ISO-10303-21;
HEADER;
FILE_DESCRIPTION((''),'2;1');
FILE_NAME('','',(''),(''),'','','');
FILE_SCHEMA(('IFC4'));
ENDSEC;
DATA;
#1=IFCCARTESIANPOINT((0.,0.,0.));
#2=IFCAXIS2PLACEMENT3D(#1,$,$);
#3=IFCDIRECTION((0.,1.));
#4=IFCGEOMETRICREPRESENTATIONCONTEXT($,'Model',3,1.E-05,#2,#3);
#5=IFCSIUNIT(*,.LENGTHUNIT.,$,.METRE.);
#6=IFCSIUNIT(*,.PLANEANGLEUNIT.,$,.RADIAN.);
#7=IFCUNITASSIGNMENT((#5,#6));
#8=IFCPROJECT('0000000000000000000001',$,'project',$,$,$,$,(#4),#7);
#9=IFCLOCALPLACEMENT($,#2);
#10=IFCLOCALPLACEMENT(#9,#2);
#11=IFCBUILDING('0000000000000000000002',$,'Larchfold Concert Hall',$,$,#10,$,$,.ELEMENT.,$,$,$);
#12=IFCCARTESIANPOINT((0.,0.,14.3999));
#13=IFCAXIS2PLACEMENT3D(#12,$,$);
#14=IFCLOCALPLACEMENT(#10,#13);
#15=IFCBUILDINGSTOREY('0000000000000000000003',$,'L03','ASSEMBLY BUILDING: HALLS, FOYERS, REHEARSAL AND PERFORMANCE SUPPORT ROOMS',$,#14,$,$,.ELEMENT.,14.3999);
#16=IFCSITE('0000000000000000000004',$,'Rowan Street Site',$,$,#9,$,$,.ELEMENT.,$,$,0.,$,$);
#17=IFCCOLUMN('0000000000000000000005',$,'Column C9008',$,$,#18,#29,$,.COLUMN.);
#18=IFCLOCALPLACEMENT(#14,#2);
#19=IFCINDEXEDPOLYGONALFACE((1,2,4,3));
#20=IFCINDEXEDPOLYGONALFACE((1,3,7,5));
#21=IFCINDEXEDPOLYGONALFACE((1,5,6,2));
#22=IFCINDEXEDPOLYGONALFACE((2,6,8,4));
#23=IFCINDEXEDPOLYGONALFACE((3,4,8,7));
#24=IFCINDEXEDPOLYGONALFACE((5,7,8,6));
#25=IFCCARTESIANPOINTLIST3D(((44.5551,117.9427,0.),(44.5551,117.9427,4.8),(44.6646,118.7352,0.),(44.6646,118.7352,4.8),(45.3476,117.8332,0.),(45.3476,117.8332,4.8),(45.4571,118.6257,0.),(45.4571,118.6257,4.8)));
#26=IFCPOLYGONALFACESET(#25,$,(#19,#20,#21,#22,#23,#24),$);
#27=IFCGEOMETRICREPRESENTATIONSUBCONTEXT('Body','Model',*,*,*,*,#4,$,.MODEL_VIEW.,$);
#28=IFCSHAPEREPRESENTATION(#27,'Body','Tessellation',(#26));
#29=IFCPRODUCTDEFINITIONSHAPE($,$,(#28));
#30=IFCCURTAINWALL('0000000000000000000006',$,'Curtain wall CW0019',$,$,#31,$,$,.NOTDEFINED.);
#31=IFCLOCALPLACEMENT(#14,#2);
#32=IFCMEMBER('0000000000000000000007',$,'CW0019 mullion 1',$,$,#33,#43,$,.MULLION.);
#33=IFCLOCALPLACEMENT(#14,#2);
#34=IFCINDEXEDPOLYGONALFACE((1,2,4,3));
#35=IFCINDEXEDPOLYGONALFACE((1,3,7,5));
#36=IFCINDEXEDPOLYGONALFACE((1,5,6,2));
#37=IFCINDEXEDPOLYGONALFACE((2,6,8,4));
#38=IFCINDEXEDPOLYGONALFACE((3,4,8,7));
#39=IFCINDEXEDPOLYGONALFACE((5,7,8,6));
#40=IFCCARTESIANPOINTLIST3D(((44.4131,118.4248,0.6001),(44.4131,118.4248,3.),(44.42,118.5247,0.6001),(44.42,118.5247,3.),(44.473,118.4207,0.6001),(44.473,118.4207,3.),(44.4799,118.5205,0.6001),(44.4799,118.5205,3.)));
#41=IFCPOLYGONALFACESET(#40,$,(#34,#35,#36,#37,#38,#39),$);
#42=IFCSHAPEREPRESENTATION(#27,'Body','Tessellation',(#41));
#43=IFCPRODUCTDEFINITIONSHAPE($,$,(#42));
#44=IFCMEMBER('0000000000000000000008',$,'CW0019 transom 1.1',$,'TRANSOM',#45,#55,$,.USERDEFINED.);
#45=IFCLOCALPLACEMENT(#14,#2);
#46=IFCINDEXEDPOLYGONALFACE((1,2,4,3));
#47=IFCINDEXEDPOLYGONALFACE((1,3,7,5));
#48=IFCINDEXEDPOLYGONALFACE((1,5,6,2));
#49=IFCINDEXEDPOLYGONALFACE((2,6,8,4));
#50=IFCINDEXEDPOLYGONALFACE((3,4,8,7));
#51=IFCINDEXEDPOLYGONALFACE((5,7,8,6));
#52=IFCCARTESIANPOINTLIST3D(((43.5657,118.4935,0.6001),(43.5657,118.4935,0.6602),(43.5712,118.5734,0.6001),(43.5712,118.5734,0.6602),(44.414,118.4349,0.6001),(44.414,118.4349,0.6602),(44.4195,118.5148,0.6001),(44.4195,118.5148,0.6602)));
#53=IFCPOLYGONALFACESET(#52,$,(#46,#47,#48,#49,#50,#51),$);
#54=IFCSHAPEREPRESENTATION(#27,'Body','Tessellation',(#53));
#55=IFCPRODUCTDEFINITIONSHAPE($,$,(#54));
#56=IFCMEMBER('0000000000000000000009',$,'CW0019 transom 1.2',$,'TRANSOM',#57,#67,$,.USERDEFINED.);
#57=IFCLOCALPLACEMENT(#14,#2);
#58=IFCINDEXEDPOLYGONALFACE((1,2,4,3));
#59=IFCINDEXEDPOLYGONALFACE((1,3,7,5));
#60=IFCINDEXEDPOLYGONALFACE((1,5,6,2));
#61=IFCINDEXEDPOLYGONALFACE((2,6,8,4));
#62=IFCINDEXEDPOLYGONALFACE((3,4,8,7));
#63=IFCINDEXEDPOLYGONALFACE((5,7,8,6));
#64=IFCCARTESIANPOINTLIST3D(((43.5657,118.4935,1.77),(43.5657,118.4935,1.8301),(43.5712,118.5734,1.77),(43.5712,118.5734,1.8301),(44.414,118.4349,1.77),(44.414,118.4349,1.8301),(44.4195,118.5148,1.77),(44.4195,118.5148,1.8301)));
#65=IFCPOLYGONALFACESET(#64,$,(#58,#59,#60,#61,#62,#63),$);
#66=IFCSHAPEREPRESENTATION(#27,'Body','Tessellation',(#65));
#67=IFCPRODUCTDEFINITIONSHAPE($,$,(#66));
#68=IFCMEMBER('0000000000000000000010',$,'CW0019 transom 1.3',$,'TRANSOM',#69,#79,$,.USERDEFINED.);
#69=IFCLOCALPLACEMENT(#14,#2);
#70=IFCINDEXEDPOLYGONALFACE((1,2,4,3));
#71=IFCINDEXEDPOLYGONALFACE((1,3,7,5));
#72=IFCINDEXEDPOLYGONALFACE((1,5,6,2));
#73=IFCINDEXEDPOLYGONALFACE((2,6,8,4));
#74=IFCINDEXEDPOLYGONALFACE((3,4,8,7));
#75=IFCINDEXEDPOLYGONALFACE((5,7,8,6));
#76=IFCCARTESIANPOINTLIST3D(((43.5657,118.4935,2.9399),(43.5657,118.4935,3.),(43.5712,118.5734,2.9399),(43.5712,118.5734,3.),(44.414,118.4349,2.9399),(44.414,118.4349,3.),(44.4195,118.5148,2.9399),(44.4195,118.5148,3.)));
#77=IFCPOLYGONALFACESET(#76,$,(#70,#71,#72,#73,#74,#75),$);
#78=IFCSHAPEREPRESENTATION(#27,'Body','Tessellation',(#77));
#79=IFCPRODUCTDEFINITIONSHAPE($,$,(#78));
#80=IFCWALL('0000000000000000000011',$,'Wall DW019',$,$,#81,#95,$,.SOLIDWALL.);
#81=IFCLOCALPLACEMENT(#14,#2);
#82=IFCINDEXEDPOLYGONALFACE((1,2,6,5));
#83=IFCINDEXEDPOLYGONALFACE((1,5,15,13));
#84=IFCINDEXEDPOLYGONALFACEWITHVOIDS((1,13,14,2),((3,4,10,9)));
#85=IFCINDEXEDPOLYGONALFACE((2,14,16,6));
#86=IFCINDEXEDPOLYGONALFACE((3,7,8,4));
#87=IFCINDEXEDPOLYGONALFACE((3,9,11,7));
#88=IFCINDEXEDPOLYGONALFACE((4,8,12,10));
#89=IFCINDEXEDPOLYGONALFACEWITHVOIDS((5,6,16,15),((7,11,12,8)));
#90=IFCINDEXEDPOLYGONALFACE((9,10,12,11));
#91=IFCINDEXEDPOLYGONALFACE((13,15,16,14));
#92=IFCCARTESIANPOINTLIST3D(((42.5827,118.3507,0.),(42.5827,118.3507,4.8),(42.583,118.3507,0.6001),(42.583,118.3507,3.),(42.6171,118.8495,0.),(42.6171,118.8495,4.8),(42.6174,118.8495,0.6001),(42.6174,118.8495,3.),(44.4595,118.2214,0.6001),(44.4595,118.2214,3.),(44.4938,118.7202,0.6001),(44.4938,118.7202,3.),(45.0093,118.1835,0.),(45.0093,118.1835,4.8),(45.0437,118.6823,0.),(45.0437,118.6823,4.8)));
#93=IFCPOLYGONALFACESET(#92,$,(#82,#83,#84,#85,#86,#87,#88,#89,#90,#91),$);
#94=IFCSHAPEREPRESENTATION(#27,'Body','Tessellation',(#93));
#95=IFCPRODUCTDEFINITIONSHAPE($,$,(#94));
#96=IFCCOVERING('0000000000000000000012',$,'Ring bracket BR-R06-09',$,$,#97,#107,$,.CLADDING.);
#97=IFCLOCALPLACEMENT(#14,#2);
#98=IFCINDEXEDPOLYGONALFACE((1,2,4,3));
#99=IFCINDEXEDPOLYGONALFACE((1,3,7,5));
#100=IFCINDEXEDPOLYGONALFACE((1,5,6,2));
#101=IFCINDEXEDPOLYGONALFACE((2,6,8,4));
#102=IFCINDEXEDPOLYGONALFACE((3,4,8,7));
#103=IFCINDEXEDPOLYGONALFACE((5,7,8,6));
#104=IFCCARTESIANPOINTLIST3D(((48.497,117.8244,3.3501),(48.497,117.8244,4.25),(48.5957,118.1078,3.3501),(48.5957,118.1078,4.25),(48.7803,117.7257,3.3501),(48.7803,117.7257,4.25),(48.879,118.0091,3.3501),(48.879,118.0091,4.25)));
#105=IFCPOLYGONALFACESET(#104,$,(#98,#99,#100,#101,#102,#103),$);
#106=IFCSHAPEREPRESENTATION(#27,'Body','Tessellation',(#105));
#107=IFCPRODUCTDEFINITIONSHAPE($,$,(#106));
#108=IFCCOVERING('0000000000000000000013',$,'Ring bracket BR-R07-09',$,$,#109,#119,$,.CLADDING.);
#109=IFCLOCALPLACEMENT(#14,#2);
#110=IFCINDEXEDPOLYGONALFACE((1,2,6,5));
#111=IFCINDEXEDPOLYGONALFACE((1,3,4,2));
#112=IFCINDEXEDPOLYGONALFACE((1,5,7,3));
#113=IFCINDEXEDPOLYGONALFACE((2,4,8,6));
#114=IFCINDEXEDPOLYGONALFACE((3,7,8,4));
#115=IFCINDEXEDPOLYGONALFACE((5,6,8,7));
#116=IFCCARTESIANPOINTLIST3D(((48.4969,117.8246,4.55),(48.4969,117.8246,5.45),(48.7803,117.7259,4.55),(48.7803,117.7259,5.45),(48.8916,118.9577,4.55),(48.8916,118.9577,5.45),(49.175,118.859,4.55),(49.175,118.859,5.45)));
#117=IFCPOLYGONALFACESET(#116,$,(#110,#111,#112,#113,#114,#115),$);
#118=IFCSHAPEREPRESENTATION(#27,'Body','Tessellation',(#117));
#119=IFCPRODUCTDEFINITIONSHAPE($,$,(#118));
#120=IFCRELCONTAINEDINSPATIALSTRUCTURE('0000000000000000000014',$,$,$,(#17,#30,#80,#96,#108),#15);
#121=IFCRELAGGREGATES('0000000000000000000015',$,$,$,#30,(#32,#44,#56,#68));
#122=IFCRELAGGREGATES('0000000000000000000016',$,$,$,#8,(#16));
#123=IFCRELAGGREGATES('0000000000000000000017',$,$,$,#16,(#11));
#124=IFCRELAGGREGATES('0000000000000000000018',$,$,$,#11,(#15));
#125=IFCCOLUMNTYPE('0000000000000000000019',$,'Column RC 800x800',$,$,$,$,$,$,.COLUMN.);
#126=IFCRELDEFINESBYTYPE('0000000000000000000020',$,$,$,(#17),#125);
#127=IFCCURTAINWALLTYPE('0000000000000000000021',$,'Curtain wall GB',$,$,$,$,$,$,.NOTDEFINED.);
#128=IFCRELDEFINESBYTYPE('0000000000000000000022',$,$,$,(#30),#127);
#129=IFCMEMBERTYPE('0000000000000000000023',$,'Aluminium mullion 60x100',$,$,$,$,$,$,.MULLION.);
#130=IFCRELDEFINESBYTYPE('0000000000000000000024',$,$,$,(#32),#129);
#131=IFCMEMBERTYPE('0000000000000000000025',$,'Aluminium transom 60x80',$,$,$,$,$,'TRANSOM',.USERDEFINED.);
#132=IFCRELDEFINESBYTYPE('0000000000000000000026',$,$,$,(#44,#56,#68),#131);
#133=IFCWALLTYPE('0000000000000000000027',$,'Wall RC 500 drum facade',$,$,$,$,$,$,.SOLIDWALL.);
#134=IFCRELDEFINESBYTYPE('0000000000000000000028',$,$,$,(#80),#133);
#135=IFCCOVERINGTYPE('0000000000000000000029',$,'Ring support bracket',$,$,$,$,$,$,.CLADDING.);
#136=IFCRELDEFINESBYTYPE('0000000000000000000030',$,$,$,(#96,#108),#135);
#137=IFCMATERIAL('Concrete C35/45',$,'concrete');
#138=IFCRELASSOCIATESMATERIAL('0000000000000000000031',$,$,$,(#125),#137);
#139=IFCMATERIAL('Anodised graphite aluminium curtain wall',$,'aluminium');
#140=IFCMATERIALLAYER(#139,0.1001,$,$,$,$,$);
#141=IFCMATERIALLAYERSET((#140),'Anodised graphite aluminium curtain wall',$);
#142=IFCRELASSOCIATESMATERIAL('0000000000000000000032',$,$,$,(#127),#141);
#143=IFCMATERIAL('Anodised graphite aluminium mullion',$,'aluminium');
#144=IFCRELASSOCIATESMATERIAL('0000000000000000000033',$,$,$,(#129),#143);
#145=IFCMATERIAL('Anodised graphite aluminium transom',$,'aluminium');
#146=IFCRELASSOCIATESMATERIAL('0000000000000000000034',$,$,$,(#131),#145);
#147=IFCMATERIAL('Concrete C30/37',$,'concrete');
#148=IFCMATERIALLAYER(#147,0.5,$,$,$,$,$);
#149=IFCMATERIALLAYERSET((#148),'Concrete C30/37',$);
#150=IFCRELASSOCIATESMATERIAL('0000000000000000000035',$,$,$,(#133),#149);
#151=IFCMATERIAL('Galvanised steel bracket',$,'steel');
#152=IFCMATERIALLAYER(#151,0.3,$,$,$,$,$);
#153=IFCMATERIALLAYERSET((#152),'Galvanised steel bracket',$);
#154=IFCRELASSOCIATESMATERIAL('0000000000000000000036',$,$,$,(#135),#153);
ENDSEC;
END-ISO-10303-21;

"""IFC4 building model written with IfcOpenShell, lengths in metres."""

from ifc_helpers import new_model, si_unit, direction, frame, frame_2d, origin, origin_2d, place, context, subcontext, project, spatial, rectangle, extrude, material, layer, layer_set, material_profile, profile_set, type_object, element, fill, aggregate, save


model = new_model("IFC4")

# Units and contexts
model_context = context("Model", 3, precision=1e-05, world=origin(), true_north=direction((0.0, 1.0)))
body_context = subcontext(model_context, "Body", "Model", "MODEL_VIEW")
ifc_project = project(units=[si_unit("LENGTHUNIT", "METRE"), si_unit("PLANEANGLEUNIT", "RADIAN")], contexts=[model_context])

# Site, building, storey
site_placement = place(None, origin())
site = spatial("IfcSite", under=ifc_project, at=site_placement, Name="Rowan Street Site", CompositionType="ELEMENT", RefElevation=0.0)
building_placement = place(site_placement, origin())
building = spatial("IfcBuilding", under=site, at=building_placement, Name="Larchfold Concert Hall", CompositionType="ELEMENT")
storey_placement = place(building_placement, frame((0.0, 0.0, 14.3999)))
storey = spatial("IfcBuildingStorey", under=building, at=storey_placement, Name="L03", Description="ASSEMBLY BUILDING: HALLS, FOYERS, REHEARSAL AND PERFORMANCE SUPPORT ROOMS", CompositionType="ELEMENT", Elevation=14.3999)

# Column
ifc_material_1 = material(Name="Concrete C35/45", Category="concrete")
ifc_material_profile_1 = material_profile(ifc_material_1, rectangle(XDim=0.8, YDim=0.8, at=origin_2d()))
ifc_profile_set_1 = profile_set([ifc_material_profile_1], Name="Concrete C35/45")
column_type = type_object("IfcColumnType", Name="Column RC 800x800", PredefinedType="COLUMN", material=ifc_profile_set_1)
column_placement = place(storey_placement, frame((45.0061, 118.2842, 0.0), z_axis=(0.0, 0.0, 1.0), x_axis=(0.136831, 0.990594, 0.0)))
element("IfcColumn", 1, at=column_placement, inside=storey, type_object=column_type, Name="Column C9008", PredefinedType="COLUMN", context=body_context, shape_type="SweptSolid", body=[
    extrude(rectangle(XDim=0.8, YDim=0.8, at=origin_2d()), origin(), (0.0, 0.0, 1.0), 4.8),
])

# Shared definitions
ifc_material_2 = material(Name="Anodised graphite aluminium curtain wall", Category="aluminium")
ifc_layer_1 = layer(ifc_material_2, 0.1001)
ifc_layer_set_1 = layer_set([ifc_layer_1], Name="Anodised graphite aluminium curtain wall")
curtain_wall_type = type_object("IfcCurtainWallType", Name="Curtain wall GB", PredefinedType="NOTDEFINED", material=ifc_layer_set_1)
ifc_material_3 = material(Name="Anodised graphite aluminium mullion", Category="aluminium")
ifc_material_profile_2 = material_profile(ifc_material_3, rectangle(XDim=0.1001, YDim=0.0601, at=origin_2d()))
ifc_profile_set_2 = profile_set([ifc_material_profile_2], Name="Anodised graphite aluminium mullion")
member_type_1 = type_object("IfcMemberType", Name="Aluminium mullion 60x100", PredefinedType="MULLION", material=ifc_profile_set_2)

# Curtain wall, member
curtain_wall_1_placement = place(storey_placement, origin())
curtain_wall_1 = element("IfcCurtainWall", 2, at=curtain_wall_1_placement, inside=storey, type_object=curtain_wall_type, Name="Curtain wall CW0019", PredefinedType="NOTDEFINED")
member_1_placement = place(storey_placement, frame((44.4465, 118.4727, 0.6001), z_axis=(0.0, 0.0, 1.0), x_axis=(-0.068793, -0.997631, 0.0)))
member_1 = element("IfcMember", 3, at=member_1_placement, type_object=member_type_1, Name="CW0019 mullion 1", PredefinedType="MULLION", context=body_context, shape_type="SweptSolid", body=[
    extrude(rectangle(XDim=0.1001, YDim=0.0601, at=origin_2d()), origin(), (0.0, 0.0, 1.0), 2.3999),
])

# Members
ifc_material_4 = material(Name="Anodised graphite aluminium transom", Category="aluminium")
ifc_material_profile_3 = material_profile(ifc_material_4, rectangle(XDim=0.0801, YDim=0.0601, at=origin_2d()))
ifc_profile_set_3 = profile_set([ifc_material_profile_3], Name="Anodised graphite aluminium transom")
member_type_2 = type_object("IfcMemberType", Name="Aluminium transom 60x80", ElementType="TRANSOM", PredefinedType="USERDEFINED", material=ifc_profile_set_3)
member_2_placement = place(storey_placement, frame((44.4167, 118.4749, 0.6301), z_axis=(-0.997624, 0.068901, 0.0), x_axis=(-0.068901, -0.997624, 0.0)))
member_2 = element("IfcMember", 4, at=member_2_placement, type_object=member_type_2, Name="CW0019 transom 1.1", ObjectType="TRANSOM", PredefinedType="USERDEFINED", context=body_context, shape_type="SweptSolid", body=[
    extrude(rectangle(XDim=0.0801, YDim=0.0601, at=origin_2d()), origin(), (0.0, 0.0, 1.0), 0.8503),
])
member_3_placement = place(storey_placement, frame((44.4167, 118.4749, 1.8), z_axis=(-0.997624, 0.068901, 0.0), x_axis=(-0.068901, -0.997624, 0.0)))
member_3 = element("IfcMember", 5, at=member_3_placement, type_object=member_type_2, Name="CW0019 transom 1.2", ObjectType="TRANSOM", PredefinedType="USERDEFINED", context=body_context, shape_type="SweptSolid", body=[
    extrude(rectangle(XDim=0.0801, YDim=0.0601, at=origin_2d()), origin(), (0.0, 0.0, 1.0), 0.8503),
])
member_4_placement = place(storey_placement, frame((44.4167, 118.4749, 2.97), z_axis=(-0.997624, 0.068901, 0.0), x_axis=(-0.068901, -0.997624, 0.0)))
member_4 = element("IfcMember", 6, at=member_4_placement, type_object=member_type_2, Name="CW0019 transom 1.3", ObjectType="TRANSOM", PredefinedType="USERDEFINED", context=body_context, shape_type="SweptSolid", body=[
    extrude(rectangle(XDim=0.0801, YDim=0.0601, at=origin_2d()), origin(), (0.0, 0.0, 1.0), 0.8503),
])
aggregate(curtain_wall_1, [member_1, member_2, member_3, member_4])

# Wall, opening
ifc_material_5 = material(Name="Concrete C30/37", Category="concrete")
ifc_layer_2 = layer(ifc_material_5, 0.5)
ifc_layer_set_2 = layer_set([ifc_layer_2], Name="Concrete C30/37")
wall_type = type_object("IfcWallType", Name="Wall RC 500 drum facade", PredefinedType="SOLIDWALL", material=ifc_layer_set_2)
wall_1_placement = place(storey_placement, frame((45.0266, 118.4329, 0.0), z_axis=(0.0, 0.0, 1.0), x_axis=(-0.997633, 0.068757, 0.0)))
wall_1 = element("IfcWall", 7, at=wall_1_placement, inside=storey, type_object=wall_type, Name="Wall DW019", PredefinedType="SOLIDWALL", context=body_context, shape_type="SweptSolid", body=[
    extrude(rectangle(XDim=2.4324, YDim=0.5, at=frame_2d((1.2163, 0.0))), origin(), (0.0, 0.0, 1.0), 4.8),
])
opening_1_placement = place(wall_1_placement, frame((0.5513, 0.0, 0.6001)))
opening_1 = element("IfcOpeningElement", 8, at=opening_1_placement, cuts=wall_1, PredefinedType="OPENING", context=body_context, shape_type="SweptSolid", body=[
    extrude(rectangle(XDim=1.8809, YDim=2.3999, at=frame_2d((0.9404, 1.2))), frame((0.0, 0.26, 0.0), z_axis=(0.0, -1.0, 0.0), x_axis=(1.0, 0.0, 0.0)), (0.0, 0.0, 1.0), 0.52),
])
fill(opening_1, curtain_wall_1)

# Coverings
ifc_material_6 = material(Name="Galvanised steel bracket", Category="steel")
ifc_layer_3 = layer(ifc_material_6, 0.3)
ifc_layer_set_3 = layer_set([ifc_layer_3], Name="Galvanised steel bracket")
covering_type = type_object("IfcCoveringType", Name="Ring support bracket", PredefinedType="CLADDING", material=ifc_layer_set_3)
covering_1_placement = place(storey_placement, frame((48.688, 117.9167, 3.3501), z_axis=(0.0, 0.0, 1.0), x_axis=(0.32892, 0.944358, 0.0)))
element("IfcCovering", 9, at=covering_1_placement, inside=storey, type_object=covering_type, Name="Ring bracket BR-R06-09", PredefinedType="CLADDING", context=body_context, shape_type="SweptSolid", body=[
    extrude(rectangle(XDim=0.3, YDim=0.3, at=origin_2d()), origin(), (0.0, 0.0, 1.0), 0.8999),
])
covering_2_placement = place(storey_placement, frame((48.8359, 118.3418, 4.55), z_axis=(0.0, 0.0, 1.0), x_axis=(0.32892, 0.944358, 0.0)))
element("IfcCovering", 10, at=covering_2_placement, inside=storey, type_object=covering_type, Name="Ring bracket BR-R07-09", PredefinedType="CLADDING", context=body_context, shape_type="SweptSolid", body=[
    extrude(rectangle(XDim=1.2, YDim=0.3, at=origin_2d()), origin(), (0.0, 0.0, 1.0), 0.8999),
])

save(model, "model.ifc")
